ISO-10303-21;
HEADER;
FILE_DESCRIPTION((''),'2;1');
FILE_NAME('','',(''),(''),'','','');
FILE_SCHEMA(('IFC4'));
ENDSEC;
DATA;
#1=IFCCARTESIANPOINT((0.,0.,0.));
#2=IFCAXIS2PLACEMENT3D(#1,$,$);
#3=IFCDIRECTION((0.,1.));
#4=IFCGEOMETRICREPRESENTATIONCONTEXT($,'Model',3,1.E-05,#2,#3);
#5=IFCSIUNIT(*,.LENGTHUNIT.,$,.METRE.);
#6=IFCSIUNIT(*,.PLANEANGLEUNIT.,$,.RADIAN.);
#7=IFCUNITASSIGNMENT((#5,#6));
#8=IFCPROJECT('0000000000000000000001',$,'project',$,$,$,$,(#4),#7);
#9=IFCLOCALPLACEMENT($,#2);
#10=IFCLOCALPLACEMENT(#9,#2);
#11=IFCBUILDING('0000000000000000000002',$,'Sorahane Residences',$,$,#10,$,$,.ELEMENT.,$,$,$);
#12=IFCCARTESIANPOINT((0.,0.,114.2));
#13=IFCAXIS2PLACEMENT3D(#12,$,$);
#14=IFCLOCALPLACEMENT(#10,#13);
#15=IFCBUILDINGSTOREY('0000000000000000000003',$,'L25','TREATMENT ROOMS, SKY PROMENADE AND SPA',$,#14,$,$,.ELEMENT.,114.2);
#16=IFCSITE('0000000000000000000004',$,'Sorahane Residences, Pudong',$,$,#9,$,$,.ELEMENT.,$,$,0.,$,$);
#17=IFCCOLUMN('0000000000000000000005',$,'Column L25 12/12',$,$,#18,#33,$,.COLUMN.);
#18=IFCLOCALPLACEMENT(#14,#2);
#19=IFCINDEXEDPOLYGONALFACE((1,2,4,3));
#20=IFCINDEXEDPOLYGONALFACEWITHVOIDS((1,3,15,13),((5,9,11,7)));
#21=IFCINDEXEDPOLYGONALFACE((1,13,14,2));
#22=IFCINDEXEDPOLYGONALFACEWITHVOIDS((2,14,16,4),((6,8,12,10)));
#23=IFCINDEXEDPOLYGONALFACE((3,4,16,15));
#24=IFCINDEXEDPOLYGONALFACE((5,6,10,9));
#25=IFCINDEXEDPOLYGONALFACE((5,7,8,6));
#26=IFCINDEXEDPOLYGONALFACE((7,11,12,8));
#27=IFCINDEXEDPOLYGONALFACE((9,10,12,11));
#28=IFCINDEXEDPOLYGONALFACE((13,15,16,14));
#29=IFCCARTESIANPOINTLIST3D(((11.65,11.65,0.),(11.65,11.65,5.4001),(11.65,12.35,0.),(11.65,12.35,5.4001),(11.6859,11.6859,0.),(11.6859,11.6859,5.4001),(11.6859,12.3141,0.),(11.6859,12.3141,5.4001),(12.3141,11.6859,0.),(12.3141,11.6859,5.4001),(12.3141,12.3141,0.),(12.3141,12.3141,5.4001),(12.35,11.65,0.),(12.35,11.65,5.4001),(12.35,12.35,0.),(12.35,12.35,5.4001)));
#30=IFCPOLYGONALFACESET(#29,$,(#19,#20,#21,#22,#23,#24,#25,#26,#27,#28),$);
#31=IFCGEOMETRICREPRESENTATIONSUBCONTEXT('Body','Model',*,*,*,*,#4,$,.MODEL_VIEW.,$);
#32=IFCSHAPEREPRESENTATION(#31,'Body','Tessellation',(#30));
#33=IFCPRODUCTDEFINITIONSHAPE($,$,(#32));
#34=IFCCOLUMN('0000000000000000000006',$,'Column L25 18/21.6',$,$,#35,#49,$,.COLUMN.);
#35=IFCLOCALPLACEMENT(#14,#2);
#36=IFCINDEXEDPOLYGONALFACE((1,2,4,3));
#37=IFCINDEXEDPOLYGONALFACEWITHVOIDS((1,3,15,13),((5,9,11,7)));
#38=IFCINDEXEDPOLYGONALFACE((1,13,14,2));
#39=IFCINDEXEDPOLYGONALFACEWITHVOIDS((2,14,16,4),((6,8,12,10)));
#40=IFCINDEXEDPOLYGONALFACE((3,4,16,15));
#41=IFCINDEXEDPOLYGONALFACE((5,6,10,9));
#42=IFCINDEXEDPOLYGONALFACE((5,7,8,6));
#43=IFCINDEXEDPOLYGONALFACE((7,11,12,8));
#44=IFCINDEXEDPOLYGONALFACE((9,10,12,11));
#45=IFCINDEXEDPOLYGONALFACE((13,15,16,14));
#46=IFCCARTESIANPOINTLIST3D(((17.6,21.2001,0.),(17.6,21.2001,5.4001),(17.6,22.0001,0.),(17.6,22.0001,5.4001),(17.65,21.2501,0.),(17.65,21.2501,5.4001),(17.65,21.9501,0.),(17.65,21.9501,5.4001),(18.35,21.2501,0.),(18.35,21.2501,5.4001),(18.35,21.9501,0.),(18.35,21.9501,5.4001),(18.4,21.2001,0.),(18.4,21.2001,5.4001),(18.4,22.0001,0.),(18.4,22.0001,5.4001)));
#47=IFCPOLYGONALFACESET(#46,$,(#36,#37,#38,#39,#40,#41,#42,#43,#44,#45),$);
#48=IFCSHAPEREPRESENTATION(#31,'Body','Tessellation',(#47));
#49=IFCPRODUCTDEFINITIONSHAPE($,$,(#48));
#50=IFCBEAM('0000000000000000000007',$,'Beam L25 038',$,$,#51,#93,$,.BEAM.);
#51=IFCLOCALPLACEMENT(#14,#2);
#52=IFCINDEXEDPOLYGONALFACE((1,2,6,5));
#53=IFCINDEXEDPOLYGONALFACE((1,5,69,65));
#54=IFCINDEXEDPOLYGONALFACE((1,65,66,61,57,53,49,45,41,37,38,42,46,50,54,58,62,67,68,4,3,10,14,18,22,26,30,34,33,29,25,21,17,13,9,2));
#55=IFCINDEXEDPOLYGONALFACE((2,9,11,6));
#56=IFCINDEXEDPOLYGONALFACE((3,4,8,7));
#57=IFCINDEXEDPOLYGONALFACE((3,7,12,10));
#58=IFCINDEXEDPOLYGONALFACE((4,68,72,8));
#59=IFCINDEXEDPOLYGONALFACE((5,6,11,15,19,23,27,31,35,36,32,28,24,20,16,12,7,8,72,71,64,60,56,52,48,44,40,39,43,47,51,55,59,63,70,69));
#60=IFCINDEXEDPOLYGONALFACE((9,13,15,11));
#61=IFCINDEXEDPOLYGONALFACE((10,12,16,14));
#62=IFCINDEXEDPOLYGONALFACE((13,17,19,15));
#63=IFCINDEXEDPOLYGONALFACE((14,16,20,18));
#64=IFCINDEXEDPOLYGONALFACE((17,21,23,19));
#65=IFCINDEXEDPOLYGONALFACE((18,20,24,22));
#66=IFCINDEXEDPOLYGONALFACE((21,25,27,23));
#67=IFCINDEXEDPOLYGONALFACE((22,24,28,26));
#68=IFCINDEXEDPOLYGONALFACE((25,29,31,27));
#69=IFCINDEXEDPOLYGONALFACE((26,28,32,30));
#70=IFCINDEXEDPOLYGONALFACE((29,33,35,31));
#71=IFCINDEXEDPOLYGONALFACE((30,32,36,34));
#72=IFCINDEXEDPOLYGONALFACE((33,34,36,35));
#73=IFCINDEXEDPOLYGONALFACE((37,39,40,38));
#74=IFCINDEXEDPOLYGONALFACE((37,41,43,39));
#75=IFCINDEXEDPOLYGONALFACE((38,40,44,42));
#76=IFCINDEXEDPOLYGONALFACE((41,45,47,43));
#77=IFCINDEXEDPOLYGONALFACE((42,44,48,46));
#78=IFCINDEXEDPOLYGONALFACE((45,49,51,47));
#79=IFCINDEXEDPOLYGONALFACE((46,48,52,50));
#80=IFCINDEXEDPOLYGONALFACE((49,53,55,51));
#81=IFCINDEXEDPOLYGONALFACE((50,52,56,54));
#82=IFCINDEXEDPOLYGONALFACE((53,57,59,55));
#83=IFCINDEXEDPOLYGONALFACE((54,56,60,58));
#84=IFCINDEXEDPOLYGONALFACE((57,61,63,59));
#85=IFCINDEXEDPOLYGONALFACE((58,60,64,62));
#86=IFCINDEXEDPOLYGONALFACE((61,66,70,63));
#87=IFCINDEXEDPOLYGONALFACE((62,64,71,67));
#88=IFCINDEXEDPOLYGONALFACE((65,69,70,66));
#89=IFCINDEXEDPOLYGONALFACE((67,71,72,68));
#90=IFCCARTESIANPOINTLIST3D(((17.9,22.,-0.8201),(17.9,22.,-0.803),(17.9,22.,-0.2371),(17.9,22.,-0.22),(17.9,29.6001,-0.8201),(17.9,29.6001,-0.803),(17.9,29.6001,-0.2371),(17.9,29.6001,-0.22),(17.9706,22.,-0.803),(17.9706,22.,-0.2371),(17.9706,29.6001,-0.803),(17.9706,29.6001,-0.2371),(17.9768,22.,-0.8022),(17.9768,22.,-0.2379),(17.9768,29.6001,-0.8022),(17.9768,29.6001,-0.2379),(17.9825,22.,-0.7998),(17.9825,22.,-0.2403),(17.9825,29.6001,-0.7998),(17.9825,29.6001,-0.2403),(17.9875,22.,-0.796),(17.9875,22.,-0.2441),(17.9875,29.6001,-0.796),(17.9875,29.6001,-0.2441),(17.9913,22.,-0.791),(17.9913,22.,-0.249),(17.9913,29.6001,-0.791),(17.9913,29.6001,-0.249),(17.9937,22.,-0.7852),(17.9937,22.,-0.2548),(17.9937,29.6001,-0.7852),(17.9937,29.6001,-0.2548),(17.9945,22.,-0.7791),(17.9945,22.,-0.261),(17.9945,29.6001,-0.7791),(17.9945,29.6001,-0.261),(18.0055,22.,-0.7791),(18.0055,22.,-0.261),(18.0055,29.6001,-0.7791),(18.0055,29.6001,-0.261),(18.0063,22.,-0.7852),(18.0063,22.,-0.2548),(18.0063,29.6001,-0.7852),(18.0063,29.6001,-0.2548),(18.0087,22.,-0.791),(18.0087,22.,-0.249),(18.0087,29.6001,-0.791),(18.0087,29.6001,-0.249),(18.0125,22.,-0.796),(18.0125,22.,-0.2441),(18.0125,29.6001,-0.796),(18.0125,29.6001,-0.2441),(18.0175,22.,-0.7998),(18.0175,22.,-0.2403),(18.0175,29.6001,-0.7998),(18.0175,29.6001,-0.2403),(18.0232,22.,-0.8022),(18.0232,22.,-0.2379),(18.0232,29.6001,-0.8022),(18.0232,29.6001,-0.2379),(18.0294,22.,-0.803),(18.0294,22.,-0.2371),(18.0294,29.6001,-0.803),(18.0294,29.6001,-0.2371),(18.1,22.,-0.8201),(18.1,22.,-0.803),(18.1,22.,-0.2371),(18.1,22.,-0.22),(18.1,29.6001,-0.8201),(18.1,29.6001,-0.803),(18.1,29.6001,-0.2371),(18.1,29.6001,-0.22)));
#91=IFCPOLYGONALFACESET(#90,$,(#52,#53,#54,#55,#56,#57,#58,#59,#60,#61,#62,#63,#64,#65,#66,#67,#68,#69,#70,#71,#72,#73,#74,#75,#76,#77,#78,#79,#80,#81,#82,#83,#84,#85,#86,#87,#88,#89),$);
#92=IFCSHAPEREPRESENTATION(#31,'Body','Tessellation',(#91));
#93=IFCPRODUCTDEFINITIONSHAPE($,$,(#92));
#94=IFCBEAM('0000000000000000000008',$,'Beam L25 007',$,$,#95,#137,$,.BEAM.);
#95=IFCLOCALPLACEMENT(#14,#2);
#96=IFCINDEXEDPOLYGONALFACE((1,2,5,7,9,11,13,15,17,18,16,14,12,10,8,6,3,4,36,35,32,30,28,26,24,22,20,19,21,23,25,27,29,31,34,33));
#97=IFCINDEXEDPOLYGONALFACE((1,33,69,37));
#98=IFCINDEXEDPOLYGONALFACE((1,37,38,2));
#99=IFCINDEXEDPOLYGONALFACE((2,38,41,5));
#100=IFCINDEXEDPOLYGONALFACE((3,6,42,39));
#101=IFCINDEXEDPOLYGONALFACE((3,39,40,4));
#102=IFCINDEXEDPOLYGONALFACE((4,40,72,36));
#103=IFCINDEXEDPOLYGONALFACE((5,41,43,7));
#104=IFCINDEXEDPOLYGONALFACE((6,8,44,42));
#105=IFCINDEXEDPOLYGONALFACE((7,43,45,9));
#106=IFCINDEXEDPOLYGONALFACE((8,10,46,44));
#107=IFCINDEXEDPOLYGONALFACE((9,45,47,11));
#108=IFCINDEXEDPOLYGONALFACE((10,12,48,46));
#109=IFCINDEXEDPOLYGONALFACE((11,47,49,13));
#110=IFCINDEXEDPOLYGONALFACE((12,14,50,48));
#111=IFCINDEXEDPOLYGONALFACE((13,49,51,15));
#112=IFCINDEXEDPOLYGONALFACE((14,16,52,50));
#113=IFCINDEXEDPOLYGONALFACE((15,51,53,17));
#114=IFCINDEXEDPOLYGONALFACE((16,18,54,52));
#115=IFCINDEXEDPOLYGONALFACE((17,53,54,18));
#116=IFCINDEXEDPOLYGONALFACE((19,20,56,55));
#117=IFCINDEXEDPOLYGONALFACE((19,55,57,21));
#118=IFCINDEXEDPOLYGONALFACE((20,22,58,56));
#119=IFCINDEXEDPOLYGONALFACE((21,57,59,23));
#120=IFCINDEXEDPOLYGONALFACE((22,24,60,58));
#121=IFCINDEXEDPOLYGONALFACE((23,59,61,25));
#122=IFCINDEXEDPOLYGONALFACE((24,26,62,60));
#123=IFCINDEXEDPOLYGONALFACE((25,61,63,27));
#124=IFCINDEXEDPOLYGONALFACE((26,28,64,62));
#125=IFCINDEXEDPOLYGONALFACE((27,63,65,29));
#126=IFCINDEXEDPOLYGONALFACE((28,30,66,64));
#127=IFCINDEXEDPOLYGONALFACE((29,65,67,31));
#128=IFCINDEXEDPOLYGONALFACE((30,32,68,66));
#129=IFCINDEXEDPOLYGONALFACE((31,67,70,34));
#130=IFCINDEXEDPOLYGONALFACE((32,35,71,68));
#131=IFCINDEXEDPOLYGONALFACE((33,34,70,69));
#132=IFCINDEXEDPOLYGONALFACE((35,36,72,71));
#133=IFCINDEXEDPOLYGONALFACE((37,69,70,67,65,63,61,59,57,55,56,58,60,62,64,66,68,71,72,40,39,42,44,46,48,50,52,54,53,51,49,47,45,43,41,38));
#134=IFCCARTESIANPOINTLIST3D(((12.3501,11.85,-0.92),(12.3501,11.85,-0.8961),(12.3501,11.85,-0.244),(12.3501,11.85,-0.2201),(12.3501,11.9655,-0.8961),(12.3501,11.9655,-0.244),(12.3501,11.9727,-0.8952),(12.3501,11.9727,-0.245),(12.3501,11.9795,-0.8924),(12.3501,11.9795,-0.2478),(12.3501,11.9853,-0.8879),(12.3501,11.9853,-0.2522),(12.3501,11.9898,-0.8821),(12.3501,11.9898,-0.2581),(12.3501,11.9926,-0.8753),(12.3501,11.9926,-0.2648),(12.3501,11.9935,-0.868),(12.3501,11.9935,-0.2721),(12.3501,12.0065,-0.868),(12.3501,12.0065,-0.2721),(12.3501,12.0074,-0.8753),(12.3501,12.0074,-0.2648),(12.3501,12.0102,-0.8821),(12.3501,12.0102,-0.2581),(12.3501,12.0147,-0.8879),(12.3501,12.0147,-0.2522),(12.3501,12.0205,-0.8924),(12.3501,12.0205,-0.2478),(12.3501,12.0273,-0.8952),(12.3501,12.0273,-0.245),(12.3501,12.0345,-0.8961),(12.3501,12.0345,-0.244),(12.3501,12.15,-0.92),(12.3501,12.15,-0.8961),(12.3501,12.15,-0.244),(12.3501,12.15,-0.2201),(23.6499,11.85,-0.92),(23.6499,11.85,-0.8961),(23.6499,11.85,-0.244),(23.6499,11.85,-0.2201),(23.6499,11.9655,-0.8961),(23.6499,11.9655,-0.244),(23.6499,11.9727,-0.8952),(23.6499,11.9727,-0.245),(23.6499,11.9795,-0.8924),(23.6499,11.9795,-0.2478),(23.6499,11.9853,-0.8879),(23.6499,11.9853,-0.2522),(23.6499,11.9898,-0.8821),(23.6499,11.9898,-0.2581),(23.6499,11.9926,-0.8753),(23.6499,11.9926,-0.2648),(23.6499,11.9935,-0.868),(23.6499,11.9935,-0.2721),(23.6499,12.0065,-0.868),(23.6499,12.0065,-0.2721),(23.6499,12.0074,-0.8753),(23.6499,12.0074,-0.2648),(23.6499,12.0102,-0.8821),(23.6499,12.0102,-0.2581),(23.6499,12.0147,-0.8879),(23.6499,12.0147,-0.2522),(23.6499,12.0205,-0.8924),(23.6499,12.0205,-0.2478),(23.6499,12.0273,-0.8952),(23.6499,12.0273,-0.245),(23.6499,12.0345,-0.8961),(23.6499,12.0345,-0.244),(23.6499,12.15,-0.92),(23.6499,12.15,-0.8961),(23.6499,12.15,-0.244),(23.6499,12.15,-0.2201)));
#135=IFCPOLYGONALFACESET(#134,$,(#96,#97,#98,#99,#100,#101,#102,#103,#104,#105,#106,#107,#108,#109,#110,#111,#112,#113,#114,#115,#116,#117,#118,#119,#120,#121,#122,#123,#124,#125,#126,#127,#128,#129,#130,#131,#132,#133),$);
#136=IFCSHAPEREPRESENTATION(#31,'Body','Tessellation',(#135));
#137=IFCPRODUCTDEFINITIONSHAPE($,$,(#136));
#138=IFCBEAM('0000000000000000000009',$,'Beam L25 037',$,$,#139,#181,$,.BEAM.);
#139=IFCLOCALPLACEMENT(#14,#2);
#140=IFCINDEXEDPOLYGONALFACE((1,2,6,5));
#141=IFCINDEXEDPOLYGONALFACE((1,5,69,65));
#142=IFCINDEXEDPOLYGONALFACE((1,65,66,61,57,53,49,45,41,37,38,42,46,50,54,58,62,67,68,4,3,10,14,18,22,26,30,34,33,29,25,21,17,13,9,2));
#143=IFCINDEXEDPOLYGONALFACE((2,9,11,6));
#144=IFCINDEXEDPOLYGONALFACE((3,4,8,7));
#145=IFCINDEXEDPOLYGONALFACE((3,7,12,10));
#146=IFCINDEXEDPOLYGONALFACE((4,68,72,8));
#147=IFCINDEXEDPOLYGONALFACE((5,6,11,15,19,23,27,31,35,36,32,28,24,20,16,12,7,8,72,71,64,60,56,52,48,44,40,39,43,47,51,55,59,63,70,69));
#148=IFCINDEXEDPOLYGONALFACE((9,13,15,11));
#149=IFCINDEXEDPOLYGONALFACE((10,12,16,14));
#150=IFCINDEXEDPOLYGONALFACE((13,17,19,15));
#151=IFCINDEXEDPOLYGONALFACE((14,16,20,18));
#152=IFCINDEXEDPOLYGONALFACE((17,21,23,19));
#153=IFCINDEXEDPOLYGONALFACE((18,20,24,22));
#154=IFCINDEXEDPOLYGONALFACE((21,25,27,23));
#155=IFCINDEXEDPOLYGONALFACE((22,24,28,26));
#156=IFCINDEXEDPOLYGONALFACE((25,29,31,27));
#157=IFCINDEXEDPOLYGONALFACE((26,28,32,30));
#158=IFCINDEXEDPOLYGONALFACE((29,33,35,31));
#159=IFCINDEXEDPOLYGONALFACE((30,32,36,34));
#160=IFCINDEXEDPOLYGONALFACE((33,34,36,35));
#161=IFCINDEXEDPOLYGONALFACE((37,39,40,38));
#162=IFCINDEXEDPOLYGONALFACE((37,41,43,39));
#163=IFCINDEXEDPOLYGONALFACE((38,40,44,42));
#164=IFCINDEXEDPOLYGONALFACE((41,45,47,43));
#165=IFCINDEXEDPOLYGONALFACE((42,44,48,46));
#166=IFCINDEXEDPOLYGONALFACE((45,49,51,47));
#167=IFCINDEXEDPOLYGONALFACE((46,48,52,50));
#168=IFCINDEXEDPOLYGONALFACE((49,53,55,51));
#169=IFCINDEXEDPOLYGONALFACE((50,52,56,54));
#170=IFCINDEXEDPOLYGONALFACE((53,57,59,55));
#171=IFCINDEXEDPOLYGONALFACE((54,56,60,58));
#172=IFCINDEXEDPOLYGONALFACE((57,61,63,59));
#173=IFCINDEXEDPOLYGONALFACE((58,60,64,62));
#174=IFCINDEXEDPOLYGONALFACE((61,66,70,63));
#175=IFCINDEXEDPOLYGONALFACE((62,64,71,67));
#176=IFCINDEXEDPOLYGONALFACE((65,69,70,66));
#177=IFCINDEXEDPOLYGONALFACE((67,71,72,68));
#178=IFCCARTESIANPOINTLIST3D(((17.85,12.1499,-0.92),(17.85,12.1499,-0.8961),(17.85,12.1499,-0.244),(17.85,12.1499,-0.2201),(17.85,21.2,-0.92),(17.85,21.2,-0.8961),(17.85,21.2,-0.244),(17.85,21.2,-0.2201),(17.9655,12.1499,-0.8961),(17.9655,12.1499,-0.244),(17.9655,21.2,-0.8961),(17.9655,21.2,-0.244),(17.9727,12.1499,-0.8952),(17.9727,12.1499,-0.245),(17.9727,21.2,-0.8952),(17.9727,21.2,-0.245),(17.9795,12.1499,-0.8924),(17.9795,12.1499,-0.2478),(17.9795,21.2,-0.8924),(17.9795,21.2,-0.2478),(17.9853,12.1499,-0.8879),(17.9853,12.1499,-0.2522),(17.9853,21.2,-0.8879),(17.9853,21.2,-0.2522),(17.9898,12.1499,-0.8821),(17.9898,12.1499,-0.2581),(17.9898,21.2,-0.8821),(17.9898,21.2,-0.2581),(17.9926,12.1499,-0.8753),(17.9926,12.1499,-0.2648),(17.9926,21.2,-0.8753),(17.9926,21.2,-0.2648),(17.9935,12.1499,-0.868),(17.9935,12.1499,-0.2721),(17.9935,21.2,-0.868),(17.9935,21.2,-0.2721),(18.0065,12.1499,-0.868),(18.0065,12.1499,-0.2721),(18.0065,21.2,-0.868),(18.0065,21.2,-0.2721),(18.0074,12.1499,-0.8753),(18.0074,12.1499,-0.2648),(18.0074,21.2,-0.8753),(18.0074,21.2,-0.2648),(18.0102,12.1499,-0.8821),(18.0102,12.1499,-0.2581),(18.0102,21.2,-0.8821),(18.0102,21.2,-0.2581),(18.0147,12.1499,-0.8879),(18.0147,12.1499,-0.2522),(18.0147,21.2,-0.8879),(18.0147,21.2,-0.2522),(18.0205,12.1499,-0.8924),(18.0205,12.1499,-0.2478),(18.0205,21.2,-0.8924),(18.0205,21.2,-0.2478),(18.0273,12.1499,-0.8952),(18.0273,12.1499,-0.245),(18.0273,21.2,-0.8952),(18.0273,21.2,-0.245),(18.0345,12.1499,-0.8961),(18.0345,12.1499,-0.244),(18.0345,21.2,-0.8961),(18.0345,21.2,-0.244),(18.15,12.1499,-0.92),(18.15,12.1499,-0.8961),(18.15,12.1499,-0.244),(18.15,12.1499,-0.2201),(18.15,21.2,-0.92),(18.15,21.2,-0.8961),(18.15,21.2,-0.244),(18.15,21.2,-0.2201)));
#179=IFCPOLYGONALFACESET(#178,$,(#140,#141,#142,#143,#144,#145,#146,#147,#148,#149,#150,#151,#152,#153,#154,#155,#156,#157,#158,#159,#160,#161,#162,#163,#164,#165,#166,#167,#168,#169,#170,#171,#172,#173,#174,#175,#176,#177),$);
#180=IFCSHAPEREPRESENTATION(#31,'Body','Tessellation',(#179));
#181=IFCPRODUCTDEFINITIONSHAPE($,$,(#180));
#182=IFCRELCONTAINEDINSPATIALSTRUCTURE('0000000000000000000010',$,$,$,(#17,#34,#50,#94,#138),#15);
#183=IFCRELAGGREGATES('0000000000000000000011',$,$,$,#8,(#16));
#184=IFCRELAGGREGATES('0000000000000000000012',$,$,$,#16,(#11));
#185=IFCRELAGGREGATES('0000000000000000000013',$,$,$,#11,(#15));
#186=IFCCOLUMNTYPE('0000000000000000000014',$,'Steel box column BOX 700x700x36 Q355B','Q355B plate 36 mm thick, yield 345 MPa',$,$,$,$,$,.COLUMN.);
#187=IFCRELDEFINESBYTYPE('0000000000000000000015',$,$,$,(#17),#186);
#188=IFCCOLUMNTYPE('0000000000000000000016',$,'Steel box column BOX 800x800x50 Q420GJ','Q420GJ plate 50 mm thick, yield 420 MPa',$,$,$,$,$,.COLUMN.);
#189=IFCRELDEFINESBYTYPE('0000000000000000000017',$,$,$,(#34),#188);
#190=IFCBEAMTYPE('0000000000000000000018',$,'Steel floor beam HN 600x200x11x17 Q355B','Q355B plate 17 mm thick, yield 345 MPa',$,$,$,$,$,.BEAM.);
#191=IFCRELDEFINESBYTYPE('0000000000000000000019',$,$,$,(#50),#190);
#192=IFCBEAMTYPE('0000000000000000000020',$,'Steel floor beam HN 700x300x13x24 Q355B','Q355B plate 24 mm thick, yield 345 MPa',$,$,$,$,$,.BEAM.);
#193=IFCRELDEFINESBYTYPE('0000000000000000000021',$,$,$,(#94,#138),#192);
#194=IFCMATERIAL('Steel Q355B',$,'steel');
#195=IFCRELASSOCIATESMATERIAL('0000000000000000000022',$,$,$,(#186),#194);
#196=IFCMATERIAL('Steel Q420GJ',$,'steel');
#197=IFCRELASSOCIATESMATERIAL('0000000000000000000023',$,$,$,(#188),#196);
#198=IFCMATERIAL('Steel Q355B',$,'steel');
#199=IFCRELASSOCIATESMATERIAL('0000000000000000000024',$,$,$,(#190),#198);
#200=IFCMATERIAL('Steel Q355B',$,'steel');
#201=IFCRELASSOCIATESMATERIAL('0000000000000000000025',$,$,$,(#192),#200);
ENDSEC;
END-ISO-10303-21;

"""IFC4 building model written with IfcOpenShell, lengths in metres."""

from ifc_helpers import new_model, si_unit, direction, frame, origin, origin_2d, place, context, subcontext, project, spatial, hollow_rectangle, i_section, extrude, material, material_profile, profile_set, type_object, element, save


model = new_model("IFC4")

# Units and contexts
model_context = context("Model", 3, precision=1e-05, world=origin(), true_north=direction((0.0, 1.0)))
body_context = subcontext(model_context, "Body", "Model", "MODEL_VIEW")
ifc_project = project(units=[si_unit("LENGTHUNIT", "METRE"), si_unit("PLANEANGLEUNIT", "RADIAN")], contexts=[model_context])

# Site, building, storey
site_placement = place(None, origin())
site = spatial("IfcSite", under=ifc_project, at=site_placement, Name="Sorahane Residences, Pudong", CompositionType="ELEMENT", RefElevation=0.0)
building_placement = place(site_placement, origin())
building = spatial("IfcBuilding", under=site, at=building_placement, Name="Sorahane Residences", CompositionType="ELEMENT")
storey_placement = place(building_placement, frame((0.0, 0.0, 114.2)))
storey = spatial("IfcBuildingStorey", under=building, at=storey_placement, Name="L25", Description="TREATMENT ROOMS, SKY PROMENADE AND SPA", CompositionType="ELEMENT", Elevation=114.2)

# Columns
ifc_material_1 = material(Name="Steel Q355B", Category="steel")
ifc_material_profile_1 = material_profile(ifc_material_1, hollow_rectangle(XDim=0.7, YDim=0.7, WallThickness=0.0359, at=origin_2d()), Name="BOX 700x700x36")
ifc_profile_set_1 = profile_set([ifc_material_profile_1], Name="Steel Q355B")
column_type_1 = type_object("IfcColumnType", Name="Steel box column BOX 700x700x36 Q355B", Description="Q355B plate 36 mm thick, yield 345 MPa", PredefinedType="COLUMN", material=ifc_profile_set_1)
column_1_placement = place(storey_placement, frame((12.0, 12.0, 0.0), z_axis=(0.0, 0.0, 1.0), x_axis=(1.0, 0.0, 0.0)))
element("IfcColumn", 1, at=column_1_placement, inside=storey, type_object=column_type_1, Name="Column L25 12/12", PredefinedType="COLUMN", context=body_context, shape_type="SweptSolid", body=[
    extrude(hollow_rectangle(XDim=0.7, YDim=0.7, WallThickness=0.0359, at=origin_2d()), origin(), (0.0, 0.0, 1.0), 5.4001),
])
ifc_material_2 = material(Name="Steel Q420GJ", Category="steel")
ifc_material_profile_2 = material_profile(ifc_material_2, hollow_rectangle(XDim=0.8, YDim=0.8, WallThickness=0.05, at=origin_2d()), Name="BOX 800x800x50")
ifc_profile_set_2 = profile_set([ifc_material_profile_2], Name="Steel Q420GJ")
column_type_2 = type_object("IfcColumnType", Name="Steel box column BOX 800x800x50 Q420GJ", Description="Q420GJ plate 50 mm thick, yield 420 MPa", PredefinedType="COLUMN", material=ifc_profile_set_2)
column_2_placement = place(storey_placement, frame((18.0, 21.6001, 0.0), z_axis=(0.0, 0.0, 1.0), x_axis=(1.0, 0.0, 0.0)))
element("IfcColumn", 2, at=column_2_placement, inside=storey, type_object=column_type_2, Name="Column L25 18/21.6", PredefinedType="COLUMN", context=body_context, shape_type="SweptSolid", body=[
    extrude(hollow_rectangle(XDim=0.8, YDim=0.8, WallThickness=0.05, at=origin_2d()), origin(), (0.0, 0.0, 1.0), 5.4001),
])

# Beams
ifc_material_3 = material(Name="Steel Q355B", Category="steel")
ifc_material_profile_3 = material_profile(ifc_material_3, i_section(OverallWidth=0.2, OverallDepth=0.6001, WebThickness=0.011, FlangeThickness=0.0171, FilletRadius=0.0239, at=origin_2d()), Name="HN 600x200x11x17")
ifc_profile_set_3 = profile_set([ifc_material_profile_3], Name="Steel Q355B")
beam_type_1 = type_object("IfcBeamType", Name="Steel floor beam HN 600x200x11x17 Q355B", Description="Q355B plate 17 mm thick, yield 345 MPa", PredefinedType="BEAM", material=ifc_profile_set_3)
beam_1_placement = place(storey_placement, frame((18.0, 22.0, -0.52), z_axis=(0.0, 1.0, 0.0), x_axis=(-1.0, 0.0, 0.0)))
element("IfcBeam", 3, at=beam_1_placement, inside=storey, type_object=beam_type_1, Name="Beam L25 038", PredefinedType="BEAM", context=body_context, shape_type="SweptSolid", body=[
    extrude(i_section(OverallWidth=0.2, OverallDepth=0.6001, WebThickness=0.011, FlangeThickness=0.0171, FilletRadius=0.0239, at=origin_2d()), origin(), (0.0, 0.0, 1.0), 7.6001),
])
ifc_material_4 = material(Name="Steel Q355B", Category="steel")
ifc_material_profile_4 = material_profile(ifc_material_4, i_section(OverallWidth=0.3, OverallDepth=0.7, WebThickness=0.0129, FlangeThickness=0.0239, FilletRadius=0.0281, at=origin_2d()), Name="HN 700x300x13x24")
ifc_profile_set_4 = profile_set([ifc_material_profile_4], Name="Steel Q355B")
beam_type_2 = type_object("IfcBeamType", Name="Steel floor beam HN 700x300x13x24 Q355B", Description="Q355B plate 24 mm thick, yield 345 MPa", PredefinedType="BEAM", material=ifc_profile_set_4)
beam_2_placement = place(storey_placement, frame((12.3501, 12.0, -0.5701), z_axis=(1.0, 0.0, 0.0), x_axis=(0.0, 1.0, 0.0)))
element("IfcBeam", 4, at=beam_2_placement, inside=storey, type_object=beam_type_2, Name="Beam L25 007", PredefinedType="BEAM", context=body_context, shape_type="SweptSolid", body=[
    extrude(i_section(OverallWidth=0.3, OverallDepth=0.7, WebThickness=0.0129, FlangeThickness=0.0239, FilletRadius=0.0281, at=origin_2d()), origin(), (0.0, 0.0, 1.0), 11.2998),
])
beam_3_placement = place(storey_placement, frame((18.0, 12.1499, -0.5701), z_axis=(0.0, 1.0, 0.0), x_axis=(-1.0, 0.0, 0.0)))
element("IfcBeam", 5, at=beam_3_placement, inside=storey, type_object=beam_type_2, Name="Beam L25 037", PredefinedType="BEAM", context=body_context, shape_type="SweptSolid", body=[
    extrude(i_section(OverallWidth=0.3, OverallDepth=0.7, WebThickness=0.0129, FlangeThickness=0.0239, FilletRadius=0.0281, at=origin_2d()), origin(), (0.0, 0.0, 1.0), 9.05),
])

save(model, "model.ifc")
